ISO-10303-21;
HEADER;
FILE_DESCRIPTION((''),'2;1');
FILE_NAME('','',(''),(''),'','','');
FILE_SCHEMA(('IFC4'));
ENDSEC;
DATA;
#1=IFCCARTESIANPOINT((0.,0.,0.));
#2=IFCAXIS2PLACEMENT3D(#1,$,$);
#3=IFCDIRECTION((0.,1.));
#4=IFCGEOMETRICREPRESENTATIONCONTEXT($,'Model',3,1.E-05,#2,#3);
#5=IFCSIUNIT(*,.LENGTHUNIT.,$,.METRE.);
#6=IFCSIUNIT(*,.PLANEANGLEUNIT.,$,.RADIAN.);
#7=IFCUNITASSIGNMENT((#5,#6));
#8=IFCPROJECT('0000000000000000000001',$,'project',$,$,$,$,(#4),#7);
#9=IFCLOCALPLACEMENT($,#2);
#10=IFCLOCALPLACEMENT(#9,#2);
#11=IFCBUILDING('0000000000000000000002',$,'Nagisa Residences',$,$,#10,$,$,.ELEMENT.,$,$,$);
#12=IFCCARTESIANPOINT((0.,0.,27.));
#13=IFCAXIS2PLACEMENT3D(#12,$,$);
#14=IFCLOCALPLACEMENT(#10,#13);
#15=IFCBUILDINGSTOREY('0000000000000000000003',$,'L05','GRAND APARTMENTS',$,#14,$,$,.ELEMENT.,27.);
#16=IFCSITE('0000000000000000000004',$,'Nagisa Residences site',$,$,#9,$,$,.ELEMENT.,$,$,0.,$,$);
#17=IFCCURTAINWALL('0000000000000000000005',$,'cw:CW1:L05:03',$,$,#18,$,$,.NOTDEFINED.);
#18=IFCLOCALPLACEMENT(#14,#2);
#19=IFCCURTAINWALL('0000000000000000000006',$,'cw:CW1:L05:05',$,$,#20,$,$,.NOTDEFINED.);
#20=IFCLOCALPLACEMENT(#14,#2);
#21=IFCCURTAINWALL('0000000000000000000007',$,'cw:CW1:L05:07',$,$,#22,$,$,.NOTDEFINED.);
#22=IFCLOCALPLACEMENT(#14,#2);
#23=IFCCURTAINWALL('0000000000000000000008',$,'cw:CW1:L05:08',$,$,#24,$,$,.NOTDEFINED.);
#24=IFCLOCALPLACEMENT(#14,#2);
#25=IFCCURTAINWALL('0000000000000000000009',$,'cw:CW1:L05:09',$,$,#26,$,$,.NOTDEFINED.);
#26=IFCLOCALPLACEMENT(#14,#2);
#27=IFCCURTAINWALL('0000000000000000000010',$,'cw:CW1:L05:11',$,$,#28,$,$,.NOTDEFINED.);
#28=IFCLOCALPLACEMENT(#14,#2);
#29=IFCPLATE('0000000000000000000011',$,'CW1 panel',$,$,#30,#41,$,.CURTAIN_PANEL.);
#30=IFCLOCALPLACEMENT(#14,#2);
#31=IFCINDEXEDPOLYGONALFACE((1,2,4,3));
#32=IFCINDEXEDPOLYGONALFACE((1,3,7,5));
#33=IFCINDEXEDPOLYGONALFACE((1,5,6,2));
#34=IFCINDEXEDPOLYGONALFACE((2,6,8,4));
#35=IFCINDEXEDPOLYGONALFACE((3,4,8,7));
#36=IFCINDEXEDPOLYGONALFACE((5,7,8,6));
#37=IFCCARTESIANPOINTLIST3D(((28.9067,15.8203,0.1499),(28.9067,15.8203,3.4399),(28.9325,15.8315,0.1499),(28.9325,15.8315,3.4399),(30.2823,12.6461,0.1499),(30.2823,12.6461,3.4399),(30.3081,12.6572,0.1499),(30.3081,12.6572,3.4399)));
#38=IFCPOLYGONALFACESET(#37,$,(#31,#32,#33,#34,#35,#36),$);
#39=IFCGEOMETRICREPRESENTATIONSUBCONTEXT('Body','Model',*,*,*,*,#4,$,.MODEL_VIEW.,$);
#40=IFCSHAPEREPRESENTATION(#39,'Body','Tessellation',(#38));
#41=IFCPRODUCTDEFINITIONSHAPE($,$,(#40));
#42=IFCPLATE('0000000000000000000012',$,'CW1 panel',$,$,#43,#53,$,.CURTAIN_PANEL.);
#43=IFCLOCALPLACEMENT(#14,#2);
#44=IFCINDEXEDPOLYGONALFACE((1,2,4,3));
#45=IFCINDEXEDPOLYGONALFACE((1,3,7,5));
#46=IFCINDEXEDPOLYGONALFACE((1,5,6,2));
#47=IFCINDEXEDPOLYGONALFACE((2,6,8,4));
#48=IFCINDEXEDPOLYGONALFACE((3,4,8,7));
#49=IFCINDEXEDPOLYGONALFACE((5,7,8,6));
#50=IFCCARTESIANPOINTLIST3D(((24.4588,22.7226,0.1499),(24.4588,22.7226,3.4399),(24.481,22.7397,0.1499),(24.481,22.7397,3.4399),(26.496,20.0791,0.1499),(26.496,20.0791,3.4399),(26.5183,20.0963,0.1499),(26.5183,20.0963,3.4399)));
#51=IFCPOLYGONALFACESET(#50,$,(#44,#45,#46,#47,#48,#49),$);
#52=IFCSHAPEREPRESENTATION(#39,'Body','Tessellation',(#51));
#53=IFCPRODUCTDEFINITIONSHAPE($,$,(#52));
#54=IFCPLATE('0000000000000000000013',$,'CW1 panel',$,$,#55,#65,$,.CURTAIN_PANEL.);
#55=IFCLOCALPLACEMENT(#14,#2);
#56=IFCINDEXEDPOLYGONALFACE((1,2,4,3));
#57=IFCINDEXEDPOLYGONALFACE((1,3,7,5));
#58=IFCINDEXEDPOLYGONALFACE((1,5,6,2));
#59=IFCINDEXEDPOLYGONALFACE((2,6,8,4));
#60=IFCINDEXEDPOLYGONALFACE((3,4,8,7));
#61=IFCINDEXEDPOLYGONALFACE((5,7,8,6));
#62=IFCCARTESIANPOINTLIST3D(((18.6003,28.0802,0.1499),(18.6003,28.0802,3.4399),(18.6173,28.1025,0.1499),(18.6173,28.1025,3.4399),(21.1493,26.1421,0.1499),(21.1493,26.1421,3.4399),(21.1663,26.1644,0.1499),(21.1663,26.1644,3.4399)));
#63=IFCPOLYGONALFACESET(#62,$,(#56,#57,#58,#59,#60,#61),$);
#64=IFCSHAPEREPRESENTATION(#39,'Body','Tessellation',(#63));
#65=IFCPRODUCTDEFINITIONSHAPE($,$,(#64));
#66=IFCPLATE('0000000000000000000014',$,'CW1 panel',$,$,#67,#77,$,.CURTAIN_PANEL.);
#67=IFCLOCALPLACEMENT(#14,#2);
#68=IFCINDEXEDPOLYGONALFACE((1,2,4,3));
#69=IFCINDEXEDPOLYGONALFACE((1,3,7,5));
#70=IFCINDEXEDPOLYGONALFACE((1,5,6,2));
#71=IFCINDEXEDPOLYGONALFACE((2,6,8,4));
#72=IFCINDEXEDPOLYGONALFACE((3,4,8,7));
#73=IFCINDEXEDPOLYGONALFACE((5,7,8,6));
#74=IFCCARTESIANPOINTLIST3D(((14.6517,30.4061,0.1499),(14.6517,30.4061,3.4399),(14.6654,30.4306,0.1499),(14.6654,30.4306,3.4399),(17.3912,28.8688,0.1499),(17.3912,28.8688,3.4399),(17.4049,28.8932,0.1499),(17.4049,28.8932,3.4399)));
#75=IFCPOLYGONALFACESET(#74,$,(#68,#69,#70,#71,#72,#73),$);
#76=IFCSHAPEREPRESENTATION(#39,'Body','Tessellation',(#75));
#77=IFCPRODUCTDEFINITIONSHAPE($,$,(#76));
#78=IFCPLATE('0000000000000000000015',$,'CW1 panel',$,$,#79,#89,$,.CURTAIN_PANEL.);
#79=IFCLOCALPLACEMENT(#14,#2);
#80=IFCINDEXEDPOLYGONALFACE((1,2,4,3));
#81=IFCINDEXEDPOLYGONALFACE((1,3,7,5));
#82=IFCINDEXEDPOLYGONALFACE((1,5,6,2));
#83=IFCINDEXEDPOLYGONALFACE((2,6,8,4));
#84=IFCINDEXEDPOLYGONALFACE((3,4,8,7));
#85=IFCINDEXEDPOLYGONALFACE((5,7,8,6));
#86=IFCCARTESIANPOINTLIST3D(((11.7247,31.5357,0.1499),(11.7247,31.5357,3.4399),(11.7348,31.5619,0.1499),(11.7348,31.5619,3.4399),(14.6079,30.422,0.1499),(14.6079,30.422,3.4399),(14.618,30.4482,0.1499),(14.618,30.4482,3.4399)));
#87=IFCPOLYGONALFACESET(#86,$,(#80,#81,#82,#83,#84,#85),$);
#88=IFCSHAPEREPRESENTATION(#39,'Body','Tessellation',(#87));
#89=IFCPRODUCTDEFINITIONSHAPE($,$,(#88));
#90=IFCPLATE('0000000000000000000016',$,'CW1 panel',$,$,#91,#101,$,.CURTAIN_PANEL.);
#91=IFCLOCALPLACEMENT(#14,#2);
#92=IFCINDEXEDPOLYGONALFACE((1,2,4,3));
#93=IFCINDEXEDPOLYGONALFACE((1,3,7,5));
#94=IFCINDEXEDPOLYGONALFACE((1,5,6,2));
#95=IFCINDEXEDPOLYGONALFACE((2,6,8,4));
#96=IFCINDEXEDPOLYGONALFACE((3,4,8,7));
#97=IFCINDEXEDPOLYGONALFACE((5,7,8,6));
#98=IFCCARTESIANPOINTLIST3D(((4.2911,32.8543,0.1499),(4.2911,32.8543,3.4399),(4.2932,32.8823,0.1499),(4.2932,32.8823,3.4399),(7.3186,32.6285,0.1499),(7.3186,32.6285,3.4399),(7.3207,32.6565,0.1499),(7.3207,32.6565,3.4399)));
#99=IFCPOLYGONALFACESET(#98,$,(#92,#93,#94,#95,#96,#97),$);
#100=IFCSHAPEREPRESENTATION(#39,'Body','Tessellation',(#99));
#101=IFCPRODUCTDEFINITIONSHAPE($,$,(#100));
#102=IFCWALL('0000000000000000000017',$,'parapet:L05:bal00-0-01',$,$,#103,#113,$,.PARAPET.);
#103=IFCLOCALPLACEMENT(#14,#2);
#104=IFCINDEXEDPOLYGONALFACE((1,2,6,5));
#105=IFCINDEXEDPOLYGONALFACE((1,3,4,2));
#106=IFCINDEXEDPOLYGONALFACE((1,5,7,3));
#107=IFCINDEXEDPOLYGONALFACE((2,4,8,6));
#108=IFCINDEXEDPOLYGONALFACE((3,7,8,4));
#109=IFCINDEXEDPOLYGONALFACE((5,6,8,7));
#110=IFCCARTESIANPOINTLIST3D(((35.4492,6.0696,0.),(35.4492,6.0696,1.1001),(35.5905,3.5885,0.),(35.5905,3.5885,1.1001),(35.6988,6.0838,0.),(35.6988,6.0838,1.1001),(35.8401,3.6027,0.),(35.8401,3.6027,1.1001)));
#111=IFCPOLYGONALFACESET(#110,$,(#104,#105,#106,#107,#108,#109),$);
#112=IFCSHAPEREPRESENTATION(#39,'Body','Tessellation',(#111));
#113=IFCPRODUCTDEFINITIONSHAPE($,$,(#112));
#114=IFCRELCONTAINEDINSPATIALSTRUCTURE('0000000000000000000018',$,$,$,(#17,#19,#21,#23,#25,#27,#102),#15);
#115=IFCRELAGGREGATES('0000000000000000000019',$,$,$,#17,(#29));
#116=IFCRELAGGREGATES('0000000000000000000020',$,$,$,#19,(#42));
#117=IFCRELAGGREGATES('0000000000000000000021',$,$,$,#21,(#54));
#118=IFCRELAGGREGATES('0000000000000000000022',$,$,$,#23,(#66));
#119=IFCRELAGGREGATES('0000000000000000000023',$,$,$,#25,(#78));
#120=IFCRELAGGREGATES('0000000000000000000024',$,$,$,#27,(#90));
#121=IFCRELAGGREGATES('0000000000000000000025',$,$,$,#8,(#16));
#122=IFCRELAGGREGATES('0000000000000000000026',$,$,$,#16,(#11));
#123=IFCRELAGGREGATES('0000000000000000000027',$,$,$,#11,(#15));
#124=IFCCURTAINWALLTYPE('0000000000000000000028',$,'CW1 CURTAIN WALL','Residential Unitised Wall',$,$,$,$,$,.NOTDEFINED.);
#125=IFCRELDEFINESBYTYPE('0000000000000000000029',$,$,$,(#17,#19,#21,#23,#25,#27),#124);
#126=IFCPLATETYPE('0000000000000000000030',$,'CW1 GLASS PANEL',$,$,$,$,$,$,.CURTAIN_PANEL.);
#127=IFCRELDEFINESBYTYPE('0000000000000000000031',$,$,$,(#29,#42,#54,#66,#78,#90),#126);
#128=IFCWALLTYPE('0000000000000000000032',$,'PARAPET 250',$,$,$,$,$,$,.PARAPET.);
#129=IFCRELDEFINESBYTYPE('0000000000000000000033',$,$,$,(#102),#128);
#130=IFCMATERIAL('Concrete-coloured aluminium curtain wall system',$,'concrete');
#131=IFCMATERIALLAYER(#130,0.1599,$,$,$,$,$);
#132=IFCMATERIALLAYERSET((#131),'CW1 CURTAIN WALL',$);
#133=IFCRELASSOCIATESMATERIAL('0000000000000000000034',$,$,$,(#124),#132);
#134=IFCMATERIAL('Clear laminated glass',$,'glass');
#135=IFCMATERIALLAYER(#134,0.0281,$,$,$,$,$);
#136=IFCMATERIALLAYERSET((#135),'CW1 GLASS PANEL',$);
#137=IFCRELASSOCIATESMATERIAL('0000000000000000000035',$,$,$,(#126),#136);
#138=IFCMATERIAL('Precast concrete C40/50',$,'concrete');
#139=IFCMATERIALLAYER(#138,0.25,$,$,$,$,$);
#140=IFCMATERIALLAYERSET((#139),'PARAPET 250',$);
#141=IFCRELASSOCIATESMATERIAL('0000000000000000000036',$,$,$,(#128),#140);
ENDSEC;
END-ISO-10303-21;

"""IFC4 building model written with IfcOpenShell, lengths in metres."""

from ifc_helpers import new_model, si_unit, direction, frame, frame_2d, origin, origin_2d, place, context, subcontext, project, spatial, rectangle, extrude, material, layer, layer_set, type_object, element, aggregate, save


model = new_model("IFC4")

# Units and contexts
model_context = context("Model", 3, precision=1e-05, world=origin(), true_north=direction((0.0, 1.0)))
body_context = subcontext(model_context, "Body", "Model", "MODEL_VIEW")
ifc_project = project(units=[si_unit("LENGTHUNIT", "METRE"), si_unit("PLANEANGLEUNIT", "RADIAN")], contexts=[model_context])

# Site, building, storey
site_placement = place(None, origin())
site = spatial("IfcSite", under=ifc_project, at=site_placement, Name="Nagisa Residences site", CompositionType="ELEMENT", RefElevation=0.0)
building_placement = place(site_placement, origin())
building = spatial("IfcBuilding", under=site, at=building_placement, Name="Nagisa Residences", CompositionType="ELEMENT")
storey_placement = place(building_placement, frame((0.0, 0.0, 27.0)))
storey = spatial("IfcBuildingStorey", under=building, at=storey_placement, Name="L05", Description="GRAND APARTMENTS", CompositionType="ELEMENT", Elevation=27.0)

# Curtain walls
ifc_material_1 = material(Name="Concrete-coloured aluminium curtain wall system", Category="concrete")
ifc_layer_1 = layer(ifc_material_1, 0.1599)
ifc_layer_set_1 = layer_set([ifc_layer_1], Name="CW1 CURTAIN WALL")
curtain_wall_type = type_object("IfcCurtainWallType", Name="CW1 CURTAIN WALL", Description="Residential Unitised Wall", PredefinedType="NOTDEFINED", material=ifc_layer_set_1)
curtain_wall_1_placement = place(storey_placement, origin())
curtain_wall_1 = element("IfcCurtainWall", 1, at=curtain_wall_1_placement, inside=storey, type_object=curtain_wall_type, Name="cw:CW1:L05:03", PredefinedType="NOTDEFINED")
curtain_wall_2_placement = place(storey_placement, origin())
curtain_wall_2 = element("IfcCurtainWall", 2, at=curtain_wall_2_placement, inside=storey, type_object=curtain_wall_type, Name="cw:CW1:L05:05", PredefinedType="NOTDEFINED")
curtain_wall_3_placement = place(storey_placement, origin())
curtain_wall_3 = element("IfcCurtainWall", 3, at=curtain_wall_3_placement, inside=storey, type_object=curtain_wall_type, Name="cw:CW1:L05:07", PredefinedType="NOTDEFINED")
curtain_wall_4_placement = place(storey_placement, origin())
curtain_wall_4 = element("IfcCurtainWall", 4, at=curtain_wall_4_placement, inside=storey, type_object=curtain_wall_type, Name="cw:CW1:L05:08", PredefinedType="NOTDEFINED")
curtain_wall_5_placement = place(storey_placement, origin())
curtain_wall_5 = element("IfcCurtainWall", 5, at=curtain_wall_5_placement, inside=storey, type_object=curtain_wall_type, Name="cw:CW1:L05:09", PredefinedType="NOTDEFINED")
curtain_wall_6_placement = place(storey_placement, origin())
curtain_wall_6 = element("IfcCurtainWall", 6, at=curtain_wall_6_placement, inside=storey, type_object=curtain_wall_type, Name="cw:CW1:L05:11", PredefinedType="NOTDEFINED")

# Plates
ifc_material_2 = material(Name="Clear laminated glass", Category="glass")
ifc_layer_2 = layer(ifc_material_2, 0.0281)
ifc_layer_set_2 = layer_set([ifc_layer_2], Name="CW1 GLASS PANEL")
plate_type = type_object("IfcPlateType", Name="CW1 GLASS PANEL", PredefinedType="CURTAIN_PANEL", material=ifc_layer_set_2)
plate_1_placement = place(storey_placement, frame((29.6074, 14.2388, 0.1499), z_axis=(0.0, 0.0, 1.0), x_axis=(-0.397636, 0.917543, 0.0)))
plate_1 = element("IfcPlate", 7, at=plate_1_placement, type_object=plate_type, Name="CW1 panel", PredefinedType="CURTAIN_PANEL", context=body_context, shape_type="SweptSolid", body=[
    extrude(rectangle(XDim=3.4595, YDim=0.0281, at=origin_2d()), origin(), (0.0, 0.0, 1.0), 3.29),
])
aggregate(curtain_wall_1, [plate_1])
plate_2_placement = place(storey_placement, frame((25.4885, 21.4094, 0.1499), z_axis=(0.0, 0.0, 1.0), x_axis=(-0.61043, 0.79207, 0.0)))
plate_2 = element("IfcPlate", 8, at=plate_2_placement, type_object=plate_type, Name="CW1 panel", PredefinedType="CURTAIN_PANEL", context=body_context, shape_type="SweptSolid", body=[
    extrude(rectangle(XDim=3.3374, YDim=0.0281, at=origin_2d()), origin(), (0.0, 0.0, 1.0), 3.29),
])
aggregate(curtain_wall_2, [plate_2])
plate_3_placement = place(storey_placement, frame((19.8833, 27.1223, 0.1499), z_axis=(0.0, 0.0, 1.0), x_axis=(-0.796031, 0.605255, 0.0)))
plate_3 = element("IfcPlate", 9, at=plate_3_placement, type_object=plate_type, Name="CW1 panel", PredefinedType="CURTAIN_PANEL", context=body_context, shape_type="SweptSolid", body=[
    extrude(rectangle(XDim=3.2021, YDim=0.0281, at=origin_2d()), origin(), (0.0, 0.0, 1.0), 3.29),
])
aggregate(curtain_wall_3, [plate_3])
plate_4_placement = place(storey_placement, frame((16.0283, 29.6497, 0.1499), z_axis=(0.0, 0.0, 1.0), x_axis=(-0.872072, 0.489377, 0.0)))
plate_4 = element("IfcPlate", 10, at=plate_4_placement, type_object=plate_type, Name="CW1 panel", PredefinedType="CURTAIN_PANEL", context=body_context, shape_type="SweptSolid", body=[
    extrude(rectangle(XDim=3.1414, YDim=0.0281, at=origin_2d()), origin(), (0.0, 0.0, 1.0), 3.29),
])
aggregate(curtain_wall_4, [plate_4])
plate_5_placement = place(storey_placement, frame((13.1714, 30.9919, 0.1499), z_axis=(0.0, 0.0, 1.0), x_axis=(-0.932826, 0.360328, 0.0)))
plate_5 = element("IfcPlate", 11, at=plate_5_placement, type_object=plate_type, Name="CW1 panel", PredefinedType="CURTAIN_PANEL", context=body_context, shape_type="SweptSolid", body=[
    extrude(rectangle(XDim=3.0908, YDim=0.0281, at=origin_2d()), origin(), (0.0, 0.0, 1.0), 3.29),
])
aggregate(curtain_wall_5, [plate_5])
plate_6_placement = place(storey_placement, frame((5.8059, 32.7554, 0.1499), z_axis=(0.0, 0.0, 1.0), x_axis=(-0.99723, 0.074377, 0.0)))
plate_6 = element("IfcPlate", 12, at=plate_6_placement, type_object=plate_type, Name="CW1 panel", PredefinedType="CURTAIN_PANEL", context=body_context, shape_type="SweptSolid", body=[
    extrude(rectangle(XDim=3.0359, YDim=0.0281, at=origin_2d()), origin(), (0.0, 0.0, 1.0), 3.29),
])
aggregate(curtain_wall_6, [plate_6])

# Wall
ifc_material_3 = material(Name="Precast concrete C40/50", Category="concrete")
ifc_layer_3 = layer(ifc_material_3, 0.25)
ifc_layer_set_3 = layer_set([ifc_layer_3], Name="PARAPET 250")
wall_type = type_object("IfcWallType", Name="PARAPET 250", PredefinedType="PARAPET", material=ifc_layer_set_3)
wall_placement = place(storey_placement, frame((35.7153, 3.5955, 0.0), z_axis=(0.0, 0.0, 1.0), x_axis=(-0.056879, 0.998381, 0.0)))
element("IfcWall", 13, at=wall_placement, inside=storey, type_object=wall_type, Name="parapet:L05:bal00-0-01", PredefinedType="PARAPET", context=body_context, shape_type="SweptSolid", body=[
    extrude(rectangle(XDim=2.4851, YDim=0.25, at=frame_2d((1.2427, 0.0))), origin(), (0.0, 0.0, 1.0), 1.1001),
])

save(model, "model.ifc")
